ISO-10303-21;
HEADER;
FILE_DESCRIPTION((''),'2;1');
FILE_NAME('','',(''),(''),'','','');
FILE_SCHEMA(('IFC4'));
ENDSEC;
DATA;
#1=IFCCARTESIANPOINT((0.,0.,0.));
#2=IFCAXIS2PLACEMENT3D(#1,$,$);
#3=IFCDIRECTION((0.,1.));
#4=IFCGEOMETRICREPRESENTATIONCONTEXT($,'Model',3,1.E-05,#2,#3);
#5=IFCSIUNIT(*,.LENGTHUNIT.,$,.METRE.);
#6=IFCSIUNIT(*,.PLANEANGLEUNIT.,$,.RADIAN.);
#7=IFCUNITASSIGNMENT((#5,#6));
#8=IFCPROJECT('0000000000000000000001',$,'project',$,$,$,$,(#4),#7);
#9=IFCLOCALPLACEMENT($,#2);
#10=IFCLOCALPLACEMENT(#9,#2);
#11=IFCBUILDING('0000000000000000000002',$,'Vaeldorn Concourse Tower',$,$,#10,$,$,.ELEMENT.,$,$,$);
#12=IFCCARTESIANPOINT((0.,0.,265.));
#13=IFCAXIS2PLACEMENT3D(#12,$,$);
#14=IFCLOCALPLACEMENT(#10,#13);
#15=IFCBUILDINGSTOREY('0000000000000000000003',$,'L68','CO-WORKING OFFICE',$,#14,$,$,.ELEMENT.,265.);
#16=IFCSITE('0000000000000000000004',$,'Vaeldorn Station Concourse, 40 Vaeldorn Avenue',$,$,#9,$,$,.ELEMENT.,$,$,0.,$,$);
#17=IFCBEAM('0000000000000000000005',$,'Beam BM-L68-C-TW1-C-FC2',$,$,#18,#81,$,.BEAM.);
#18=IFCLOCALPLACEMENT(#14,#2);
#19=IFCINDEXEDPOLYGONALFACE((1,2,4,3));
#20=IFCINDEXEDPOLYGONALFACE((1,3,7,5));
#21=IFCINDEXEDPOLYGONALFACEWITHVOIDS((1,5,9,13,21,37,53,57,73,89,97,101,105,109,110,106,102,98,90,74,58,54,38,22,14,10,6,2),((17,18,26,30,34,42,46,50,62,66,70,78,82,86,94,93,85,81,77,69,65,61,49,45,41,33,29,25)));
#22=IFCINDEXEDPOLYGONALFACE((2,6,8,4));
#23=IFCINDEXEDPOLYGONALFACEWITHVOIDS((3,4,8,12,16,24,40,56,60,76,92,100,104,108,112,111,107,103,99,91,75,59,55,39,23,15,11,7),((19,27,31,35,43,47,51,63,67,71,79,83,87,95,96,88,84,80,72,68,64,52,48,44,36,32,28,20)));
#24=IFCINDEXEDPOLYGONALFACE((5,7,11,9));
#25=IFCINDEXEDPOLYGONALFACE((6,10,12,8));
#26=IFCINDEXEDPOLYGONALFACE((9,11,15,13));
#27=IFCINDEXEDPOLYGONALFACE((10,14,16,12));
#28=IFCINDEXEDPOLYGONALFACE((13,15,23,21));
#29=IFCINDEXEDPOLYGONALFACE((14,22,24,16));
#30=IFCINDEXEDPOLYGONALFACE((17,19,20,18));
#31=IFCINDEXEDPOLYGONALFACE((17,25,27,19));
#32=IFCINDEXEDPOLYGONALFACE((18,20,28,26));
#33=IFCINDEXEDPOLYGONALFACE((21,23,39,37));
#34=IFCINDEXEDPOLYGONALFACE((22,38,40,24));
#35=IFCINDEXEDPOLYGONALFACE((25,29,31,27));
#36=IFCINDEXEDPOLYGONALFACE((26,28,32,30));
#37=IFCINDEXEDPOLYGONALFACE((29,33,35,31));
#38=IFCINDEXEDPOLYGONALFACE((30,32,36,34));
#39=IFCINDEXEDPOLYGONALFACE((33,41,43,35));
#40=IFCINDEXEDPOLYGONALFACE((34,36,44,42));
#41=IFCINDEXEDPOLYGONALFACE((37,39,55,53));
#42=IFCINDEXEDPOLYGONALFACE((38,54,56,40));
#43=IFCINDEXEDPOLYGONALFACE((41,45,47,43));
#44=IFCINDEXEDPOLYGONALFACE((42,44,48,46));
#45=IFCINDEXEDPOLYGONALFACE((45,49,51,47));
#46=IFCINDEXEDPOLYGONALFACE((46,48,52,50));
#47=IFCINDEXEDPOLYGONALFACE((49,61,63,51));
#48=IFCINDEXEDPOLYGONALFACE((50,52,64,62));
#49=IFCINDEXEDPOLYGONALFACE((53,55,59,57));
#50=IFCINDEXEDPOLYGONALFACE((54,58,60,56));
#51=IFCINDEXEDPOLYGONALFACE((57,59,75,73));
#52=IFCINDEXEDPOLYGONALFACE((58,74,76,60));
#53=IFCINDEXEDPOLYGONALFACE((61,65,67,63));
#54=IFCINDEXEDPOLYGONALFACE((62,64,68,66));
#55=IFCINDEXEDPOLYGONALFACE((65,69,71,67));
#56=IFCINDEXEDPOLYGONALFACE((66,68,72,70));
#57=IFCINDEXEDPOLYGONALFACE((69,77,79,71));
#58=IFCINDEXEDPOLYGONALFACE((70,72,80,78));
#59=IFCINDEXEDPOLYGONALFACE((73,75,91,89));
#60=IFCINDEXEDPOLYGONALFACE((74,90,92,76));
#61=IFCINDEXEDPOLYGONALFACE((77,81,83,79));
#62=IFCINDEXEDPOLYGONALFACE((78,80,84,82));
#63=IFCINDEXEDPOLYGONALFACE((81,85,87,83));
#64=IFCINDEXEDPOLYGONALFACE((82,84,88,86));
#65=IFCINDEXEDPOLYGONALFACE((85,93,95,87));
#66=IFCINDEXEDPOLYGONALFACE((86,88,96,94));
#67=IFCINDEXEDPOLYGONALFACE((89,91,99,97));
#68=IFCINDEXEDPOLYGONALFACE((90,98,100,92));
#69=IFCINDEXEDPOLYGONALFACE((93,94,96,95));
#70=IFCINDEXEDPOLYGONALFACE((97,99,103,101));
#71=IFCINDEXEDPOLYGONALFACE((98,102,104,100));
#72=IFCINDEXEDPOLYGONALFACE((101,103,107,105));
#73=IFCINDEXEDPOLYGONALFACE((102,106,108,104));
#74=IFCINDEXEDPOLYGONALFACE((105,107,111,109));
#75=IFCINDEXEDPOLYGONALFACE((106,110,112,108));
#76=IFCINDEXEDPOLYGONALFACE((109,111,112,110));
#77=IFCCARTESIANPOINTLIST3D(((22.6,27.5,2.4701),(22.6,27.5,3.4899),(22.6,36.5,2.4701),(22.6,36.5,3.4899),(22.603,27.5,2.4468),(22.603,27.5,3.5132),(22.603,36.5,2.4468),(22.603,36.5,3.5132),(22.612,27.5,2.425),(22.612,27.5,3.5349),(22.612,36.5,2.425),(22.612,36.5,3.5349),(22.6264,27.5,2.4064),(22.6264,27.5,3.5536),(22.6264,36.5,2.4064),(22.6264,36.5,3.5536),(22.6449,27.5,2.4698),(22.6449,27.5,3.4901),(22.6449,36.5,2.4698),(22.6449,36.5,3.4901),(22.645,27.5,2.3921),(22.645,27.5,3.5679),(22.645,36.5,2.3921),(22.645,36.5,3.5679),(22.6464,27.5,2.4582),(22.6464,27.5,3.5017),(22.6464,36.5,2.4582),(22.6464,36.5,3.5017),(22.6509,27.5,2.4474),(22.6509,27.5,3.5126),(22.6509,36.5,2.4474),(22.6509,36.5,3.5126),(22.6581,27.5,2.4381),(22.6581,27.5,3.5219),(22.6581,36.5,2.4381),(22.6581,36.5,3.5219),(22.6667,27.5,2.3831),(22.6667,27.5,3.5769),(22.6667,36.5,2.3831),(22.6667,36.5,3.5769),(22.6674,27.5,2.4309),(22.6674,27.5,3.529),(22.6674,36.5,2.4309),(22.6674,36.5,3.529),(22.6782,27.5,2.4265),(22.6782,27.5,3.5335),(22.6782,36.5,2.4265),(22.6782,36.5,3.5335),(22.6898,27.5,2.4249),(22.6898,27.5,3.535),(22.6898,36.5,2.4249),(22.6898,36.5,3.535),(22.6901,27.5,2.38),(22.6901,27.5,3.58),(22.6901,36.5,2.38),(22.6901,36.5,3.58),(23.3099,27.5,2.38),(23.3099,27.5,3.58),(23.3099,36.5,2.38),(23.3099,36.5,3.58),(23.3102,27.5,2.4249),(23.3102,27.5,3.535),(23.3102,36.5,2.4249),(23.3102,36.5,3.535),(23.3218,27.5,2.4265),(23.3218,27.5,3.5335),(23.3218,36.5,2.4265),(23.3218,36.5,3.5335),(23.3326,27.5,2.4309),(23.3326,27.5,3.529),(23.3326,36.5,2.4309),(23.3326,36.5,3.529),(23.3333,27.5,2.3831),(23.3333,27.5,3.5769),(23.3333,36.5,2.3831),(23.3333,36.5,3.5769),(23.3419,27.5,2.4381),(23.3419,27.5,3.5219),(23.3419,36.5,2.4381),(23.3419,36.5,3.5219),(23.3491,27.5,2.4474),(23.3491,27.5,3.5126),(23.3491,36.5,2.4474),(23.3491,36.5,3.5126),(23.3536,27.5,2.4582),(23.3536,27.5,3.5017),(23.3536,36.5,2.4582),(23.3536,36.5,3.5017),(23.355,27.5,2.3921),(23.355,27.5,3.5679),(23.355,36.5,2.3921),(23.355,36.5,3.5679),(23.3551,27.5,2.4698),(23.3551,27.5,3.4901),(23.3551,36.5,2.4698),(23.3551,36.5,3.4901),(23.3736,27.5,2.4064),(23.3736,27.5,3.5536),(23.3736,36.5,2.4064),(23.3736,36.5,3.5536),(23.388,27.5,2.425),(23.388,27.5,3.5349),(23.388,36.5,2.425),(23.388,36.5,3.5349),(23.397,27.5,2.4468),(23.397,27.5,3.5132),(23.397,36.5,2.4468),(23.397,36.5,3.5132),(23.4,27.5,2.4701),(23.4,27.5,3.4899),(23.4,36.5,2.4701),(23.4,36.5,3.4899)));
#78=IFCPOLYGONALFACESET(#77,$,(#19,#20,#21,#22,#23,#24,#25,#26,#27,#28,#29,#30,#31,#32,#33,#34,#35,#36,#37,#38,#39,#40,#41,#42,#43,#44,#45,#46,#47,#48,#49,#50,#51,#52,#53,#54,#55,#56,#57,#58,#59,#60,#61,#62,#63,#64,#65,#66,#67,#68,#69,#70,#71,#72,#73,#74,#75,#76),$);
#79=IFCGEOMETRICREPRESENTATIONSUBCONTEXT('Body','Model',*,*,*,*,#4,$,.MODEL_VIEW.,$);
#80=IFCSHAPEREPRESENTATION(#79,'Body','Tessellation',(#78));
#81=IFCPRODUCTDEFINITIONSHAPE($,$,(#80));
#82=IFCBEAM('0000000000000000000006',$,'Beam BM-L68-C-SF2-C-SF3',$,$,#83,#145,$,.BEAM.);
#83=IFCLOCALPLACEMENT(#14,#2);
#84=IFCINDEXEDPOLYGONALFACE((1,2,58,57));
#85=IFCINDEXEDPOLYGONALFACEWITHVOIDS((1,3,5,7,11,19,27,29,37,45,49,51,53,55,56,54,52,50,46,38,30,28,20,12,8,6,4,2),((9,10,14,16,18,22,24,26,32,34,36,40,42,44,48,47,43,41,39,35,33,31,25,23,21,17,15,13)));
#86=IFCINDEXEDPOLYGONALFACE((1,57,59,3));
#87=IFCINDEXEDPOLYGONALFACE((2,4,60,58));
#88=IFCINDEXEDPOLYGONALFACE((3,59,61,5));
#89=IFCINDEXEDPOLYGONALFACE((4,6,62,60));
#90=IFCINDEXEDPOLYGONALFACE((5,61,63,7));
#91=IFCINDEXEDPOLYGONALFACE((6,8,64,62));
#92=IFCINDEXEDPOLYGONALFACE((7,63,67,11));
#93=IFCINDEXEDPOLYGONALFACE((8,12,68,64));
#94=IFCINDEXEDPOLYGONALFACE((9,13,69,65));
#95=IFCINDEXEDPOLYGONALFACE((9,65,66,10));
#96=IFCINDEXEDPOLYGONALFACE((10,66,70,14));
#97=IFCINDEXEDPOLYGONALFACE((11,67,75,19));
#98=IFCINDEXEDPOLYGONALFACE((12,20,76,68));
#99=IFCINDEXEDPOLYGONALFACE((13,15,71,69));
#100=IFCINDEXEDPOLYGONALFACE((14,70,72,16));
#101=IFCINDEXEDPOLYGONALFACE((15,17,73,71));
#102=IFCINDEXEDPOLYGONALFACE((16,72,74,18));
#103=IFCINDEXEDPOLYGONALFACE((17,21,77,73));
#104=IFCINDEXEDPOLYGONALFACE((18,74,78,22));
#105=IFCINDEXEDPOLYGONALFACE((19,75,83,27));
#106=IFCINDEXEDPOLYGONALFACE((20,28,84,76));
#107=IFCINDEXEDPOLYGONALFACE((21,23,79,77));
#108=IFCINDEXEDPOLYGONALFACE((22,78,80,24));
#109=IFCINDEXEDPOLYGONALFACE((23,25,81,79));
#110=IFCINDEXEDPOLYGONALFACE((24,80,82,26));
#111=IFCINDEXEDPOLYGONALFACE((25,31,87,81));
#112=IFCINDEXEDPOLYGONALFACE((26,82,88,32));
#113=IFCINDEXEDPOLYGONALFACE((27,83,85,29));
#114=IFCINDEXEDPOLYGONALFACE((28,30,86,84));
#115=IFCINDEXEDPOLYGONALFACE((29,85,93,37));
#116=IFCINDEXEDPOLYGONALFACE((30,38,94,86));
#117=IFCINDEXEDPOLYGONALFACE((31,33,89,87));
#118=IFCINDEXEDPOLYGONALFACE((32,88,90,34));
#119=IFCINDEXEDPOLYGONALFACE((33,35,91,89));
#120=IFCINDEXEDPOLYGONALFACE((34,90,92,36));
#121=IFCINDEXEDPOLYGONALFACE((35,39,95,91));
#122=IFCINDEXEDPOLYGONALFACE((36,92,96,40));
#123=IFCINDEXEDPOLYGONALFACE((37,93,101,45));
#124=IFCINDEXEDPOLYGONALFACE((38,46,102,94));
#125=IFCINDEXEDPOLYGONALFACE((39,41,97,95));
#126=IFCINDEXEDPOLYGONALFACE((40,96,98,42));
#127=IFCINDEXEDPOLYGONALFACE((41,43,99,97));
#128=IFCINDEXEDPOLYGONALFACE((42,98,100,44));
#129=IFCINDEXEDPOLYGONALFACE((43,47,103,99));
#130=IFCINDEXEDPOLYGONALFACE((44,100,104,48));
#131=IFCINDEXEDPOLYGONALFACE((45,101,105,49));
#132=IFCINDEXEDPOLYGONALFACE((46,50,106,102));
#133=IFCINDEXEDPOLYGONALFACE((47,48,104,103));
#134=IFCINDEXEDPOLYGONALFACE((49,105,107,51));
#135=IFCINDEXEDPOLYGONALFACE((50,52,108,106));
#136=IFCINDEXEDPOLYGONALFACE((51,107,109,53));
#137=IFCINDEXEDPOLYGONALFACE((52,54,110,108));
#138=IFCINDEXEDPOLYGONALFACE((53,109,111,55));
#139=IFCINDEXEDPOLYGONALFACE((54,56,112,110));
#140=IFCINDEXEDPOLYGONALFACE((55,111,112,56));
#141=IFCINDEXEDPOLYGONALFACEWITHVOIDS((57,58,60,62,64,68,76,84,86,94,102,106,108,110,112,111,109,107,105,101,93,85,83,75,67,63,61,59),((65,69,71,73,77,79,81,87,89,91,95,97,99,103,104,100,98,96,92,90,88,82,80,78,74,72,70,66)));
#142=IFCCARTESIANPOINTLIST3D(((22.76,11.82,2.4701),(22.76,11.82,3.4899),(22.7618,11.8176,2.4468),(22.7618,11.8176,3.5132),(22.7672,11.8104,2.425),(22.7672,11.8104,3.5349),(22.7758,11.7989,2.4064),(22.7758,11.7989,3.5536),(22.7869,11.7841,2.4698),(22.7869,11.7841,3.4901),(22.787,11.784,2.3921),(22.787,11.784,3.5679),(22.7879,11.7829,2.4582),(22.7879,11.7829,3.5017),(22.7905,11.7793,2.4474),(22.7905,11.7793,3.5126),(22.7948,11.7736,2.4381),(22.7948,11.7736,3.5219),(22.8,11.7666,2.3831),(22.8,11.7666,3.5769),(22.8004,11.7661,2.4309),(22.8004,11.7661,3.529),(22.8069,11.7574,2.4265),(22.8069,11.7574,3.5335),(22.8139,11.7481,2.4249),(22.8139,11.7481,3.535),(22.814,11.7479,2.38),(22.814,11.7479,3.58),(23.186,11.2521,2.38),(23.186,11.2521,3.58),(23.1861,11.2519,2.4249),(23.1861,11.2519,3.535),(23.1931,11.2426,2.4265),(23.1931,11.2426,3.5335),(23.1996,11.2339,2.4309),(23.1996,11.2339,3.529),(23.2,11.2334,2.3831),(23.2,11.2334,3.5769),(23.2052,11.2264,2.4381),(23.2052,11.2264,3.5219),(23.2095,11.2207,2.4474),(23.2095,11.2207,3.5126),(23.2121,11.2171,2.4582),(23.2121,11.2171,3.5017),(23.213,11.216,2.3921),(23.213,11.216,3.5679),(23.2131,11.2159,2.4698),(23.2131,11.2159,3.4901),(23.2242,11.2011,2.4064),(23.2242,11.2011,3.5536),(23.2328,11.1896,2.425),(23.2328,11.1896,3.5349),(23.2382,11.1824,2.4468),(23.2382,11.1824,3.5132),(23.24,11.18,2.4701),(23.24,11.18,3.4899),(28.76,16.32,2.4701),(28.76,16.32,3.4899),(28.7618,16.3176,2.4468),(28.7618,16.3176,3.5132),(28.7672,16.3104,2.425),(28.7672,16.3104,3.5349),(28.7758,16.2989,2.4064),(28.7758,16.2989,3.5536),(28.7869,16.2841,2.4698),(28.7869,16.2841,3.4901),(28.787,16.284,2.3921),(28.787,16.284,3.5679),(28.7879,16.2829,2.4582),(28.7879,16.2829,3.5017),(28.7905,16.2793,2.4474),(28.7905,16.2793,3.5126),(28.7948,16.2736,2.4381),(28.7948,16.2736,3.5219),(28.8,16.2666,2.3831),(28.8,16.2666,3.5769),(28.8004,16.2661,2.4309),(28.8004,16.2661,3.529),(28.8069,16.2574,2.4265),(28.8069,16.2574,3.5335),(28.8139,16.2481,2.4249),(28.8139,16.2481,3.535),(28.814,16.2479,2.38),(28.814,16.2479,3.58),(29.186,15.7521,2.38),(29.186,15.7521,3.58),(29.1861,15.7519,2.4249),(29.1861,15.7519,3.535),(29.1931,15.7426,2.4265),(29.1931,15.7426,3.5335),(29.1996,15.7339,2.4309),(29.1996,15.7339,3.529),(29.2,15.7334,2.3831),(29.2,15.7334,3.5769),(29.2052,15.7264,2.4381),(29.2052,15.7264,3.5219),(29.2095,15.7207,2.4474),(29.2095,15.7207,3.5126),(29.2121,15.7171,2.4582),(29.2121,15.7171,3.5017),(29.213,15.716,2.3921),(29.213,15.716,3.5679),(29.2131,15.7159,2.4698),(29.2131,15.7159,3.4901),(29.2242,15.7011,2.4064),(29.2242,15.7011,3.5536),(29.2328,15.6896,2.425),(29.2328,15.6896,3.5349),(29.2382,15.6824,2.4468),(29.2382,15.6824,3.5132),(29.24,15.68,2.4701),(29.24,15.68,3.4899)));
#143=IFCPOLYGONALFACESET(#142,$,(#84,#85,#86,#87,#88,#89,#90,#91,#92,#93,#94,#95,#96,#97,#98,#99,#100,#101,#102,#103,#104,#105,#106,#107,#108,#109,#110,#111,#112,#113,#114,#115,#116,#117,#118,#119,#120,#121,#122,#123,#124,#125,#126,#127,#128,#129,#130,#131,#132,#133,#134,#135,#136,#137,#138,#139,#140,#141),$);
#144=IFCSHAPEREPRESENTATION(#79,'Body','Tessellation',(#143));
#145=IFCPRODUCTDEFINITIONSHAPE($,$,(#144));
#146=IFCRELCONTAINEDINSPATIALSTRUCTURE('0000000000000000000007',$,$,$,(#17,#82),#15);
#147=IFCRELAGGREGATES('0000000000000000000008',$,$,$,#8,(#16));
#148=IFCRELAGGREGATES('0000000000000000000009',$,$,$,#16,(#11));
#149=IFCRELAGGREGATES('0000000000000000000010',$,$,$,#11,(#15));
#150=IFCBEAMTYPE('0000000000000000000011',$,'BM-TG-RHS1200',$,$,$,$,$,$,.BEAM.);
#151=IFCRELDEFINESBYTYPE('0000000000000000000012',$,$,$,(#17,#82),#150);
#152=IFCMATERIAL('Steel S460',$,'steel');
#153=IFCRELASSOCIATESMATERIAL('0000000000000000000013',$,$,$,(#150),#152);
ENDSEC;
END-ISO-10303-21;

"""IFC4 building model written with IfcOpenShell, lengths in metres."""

from ifc_helpers import new_model, si_unit, direction, frame, origin, origin_2d, place, context, subcontext, project, spatial, hollow_rectangle, extrude, source, transform, mapped, material, material_profile, profile_set, type_object, element, save


model = new_model("IFC4")

# Units and contexts
model_context = context("Model", 3, precision=1e-05, world=origin(), true_north=direction((0.0, 1.0)))
body_context = subcontext(model_context, "Body", "Model", "MODEL_VIEW")
ifc_project = project(units=[si_unit("LENGTHUNIT", "METRE"), si_unit("PLANEANGLEUNIT", "RADIAN")], contexts=[model_context])

# Site, building, storey
site_placement = place(None, origin())
site = spatial("IfcSite", under=ifc_project, at=site_placement, Name="Vaeldorn Station Concourse, 40 Vaeldorn Avenue", CompositionType="ELEMENT", RefElevation=0.0)
building_placement = place(site_placement, origin())
building = spatial("IfcBuilding", under=site, at=building_placement, Name="Vaeldorn Concourse Tower", CompositionType="ELEMENT")
storey_placement = place(building_placement, frame((0.0, 0.0, 265.0)))
storey = spatial("IfcBuildingStorey", under=building, at=storey_placement, Name="L68", Description="CO-WORKING OFFICE", CompositionType="ELEMENT", Elevation=265.0)

# Beams
ifc_material_1 = material(Name="Steel S460", Category="steel")
ifc_material_profile_1 = material_profile(ifc_material_1, hollow_rectangle(XDim=0.8, YDim=1.2, WallThickness=0.0449, InnerFilletRadius=0.0449, OuterFilletRadius=0.0901, at=origin_2d()), Name="RHS 1200x800x45")
ifc_profile_set_1 = profile_set([ifc_material_profile_1], Name="Steel S460")
beam_type_1 = type_object("IfcBeamType", Name="BM-TG-RHS1200", PredefinedType="BEAM", material=ifc_profile_set_1)
shared_shape_1 = source(origin(), body_context, "Body", "SweptSolid", [
    extrude(hollow_rectangle(XDim=0.8, YDim=1.2, WallThickness=0.0449, InnerFilletRadius=0.0449, OuterFilletRadius=0.0901, at=origin_2d()), origin(), (0.0, 0.0, 1.0), 9.0),
])
beam_1_placement = place(storey_placement, frame((23.0, 27.5, 2.98), z_axis=(0.0, 1.0, 0.0), x_axis=(-1.0, 0.0, 0.0)))
element("IfcBeam", 1, at=beam_1_placement, inside=storey, type_object=beam_type_1, Name="Beam BM-L68-C-TW1-C-FC2", PredefinedType="BEAM", context=body_context, shape_type="MappedRepresentation", body=[
    mapped(shared_shape_1, transform((0.0, 0.0, 0.0), scale=1.0)),
])
shared_shape_2 = source(origin(), body_context, "Body", "SweptSolid", [
    extrude(hollow_rectangle(XDim=0.8, YDim=1.2, WallThickness=0.0449, InnerFilletRadius=0.0449, OuterFilletRadius=0.0901, at=origin_2d()), origin(), (0.0, 0.0, 1.0), 7.5),
])
beam_2_placement = place(storey_placement, frame((23.0, 11.5, 2.98), z_axis=(0.8, 0.6, 0.0), x_axis=(-0.6, 0.8, 0.0)))
element("IfcBeam", 2, at=beam_2_placement, inside=storey, type_object=beam_type_1, Name="Beam BM-L68-C-SF2-C-SF3", PredefinedType="BEAM", context=body_context, shape_type="MappedRepresentation", body=[
    mapped(shared_shape_2, transform((0.0, 0.0, 0.0), scale=1.0)),
])

save(model, "model.ifc")
